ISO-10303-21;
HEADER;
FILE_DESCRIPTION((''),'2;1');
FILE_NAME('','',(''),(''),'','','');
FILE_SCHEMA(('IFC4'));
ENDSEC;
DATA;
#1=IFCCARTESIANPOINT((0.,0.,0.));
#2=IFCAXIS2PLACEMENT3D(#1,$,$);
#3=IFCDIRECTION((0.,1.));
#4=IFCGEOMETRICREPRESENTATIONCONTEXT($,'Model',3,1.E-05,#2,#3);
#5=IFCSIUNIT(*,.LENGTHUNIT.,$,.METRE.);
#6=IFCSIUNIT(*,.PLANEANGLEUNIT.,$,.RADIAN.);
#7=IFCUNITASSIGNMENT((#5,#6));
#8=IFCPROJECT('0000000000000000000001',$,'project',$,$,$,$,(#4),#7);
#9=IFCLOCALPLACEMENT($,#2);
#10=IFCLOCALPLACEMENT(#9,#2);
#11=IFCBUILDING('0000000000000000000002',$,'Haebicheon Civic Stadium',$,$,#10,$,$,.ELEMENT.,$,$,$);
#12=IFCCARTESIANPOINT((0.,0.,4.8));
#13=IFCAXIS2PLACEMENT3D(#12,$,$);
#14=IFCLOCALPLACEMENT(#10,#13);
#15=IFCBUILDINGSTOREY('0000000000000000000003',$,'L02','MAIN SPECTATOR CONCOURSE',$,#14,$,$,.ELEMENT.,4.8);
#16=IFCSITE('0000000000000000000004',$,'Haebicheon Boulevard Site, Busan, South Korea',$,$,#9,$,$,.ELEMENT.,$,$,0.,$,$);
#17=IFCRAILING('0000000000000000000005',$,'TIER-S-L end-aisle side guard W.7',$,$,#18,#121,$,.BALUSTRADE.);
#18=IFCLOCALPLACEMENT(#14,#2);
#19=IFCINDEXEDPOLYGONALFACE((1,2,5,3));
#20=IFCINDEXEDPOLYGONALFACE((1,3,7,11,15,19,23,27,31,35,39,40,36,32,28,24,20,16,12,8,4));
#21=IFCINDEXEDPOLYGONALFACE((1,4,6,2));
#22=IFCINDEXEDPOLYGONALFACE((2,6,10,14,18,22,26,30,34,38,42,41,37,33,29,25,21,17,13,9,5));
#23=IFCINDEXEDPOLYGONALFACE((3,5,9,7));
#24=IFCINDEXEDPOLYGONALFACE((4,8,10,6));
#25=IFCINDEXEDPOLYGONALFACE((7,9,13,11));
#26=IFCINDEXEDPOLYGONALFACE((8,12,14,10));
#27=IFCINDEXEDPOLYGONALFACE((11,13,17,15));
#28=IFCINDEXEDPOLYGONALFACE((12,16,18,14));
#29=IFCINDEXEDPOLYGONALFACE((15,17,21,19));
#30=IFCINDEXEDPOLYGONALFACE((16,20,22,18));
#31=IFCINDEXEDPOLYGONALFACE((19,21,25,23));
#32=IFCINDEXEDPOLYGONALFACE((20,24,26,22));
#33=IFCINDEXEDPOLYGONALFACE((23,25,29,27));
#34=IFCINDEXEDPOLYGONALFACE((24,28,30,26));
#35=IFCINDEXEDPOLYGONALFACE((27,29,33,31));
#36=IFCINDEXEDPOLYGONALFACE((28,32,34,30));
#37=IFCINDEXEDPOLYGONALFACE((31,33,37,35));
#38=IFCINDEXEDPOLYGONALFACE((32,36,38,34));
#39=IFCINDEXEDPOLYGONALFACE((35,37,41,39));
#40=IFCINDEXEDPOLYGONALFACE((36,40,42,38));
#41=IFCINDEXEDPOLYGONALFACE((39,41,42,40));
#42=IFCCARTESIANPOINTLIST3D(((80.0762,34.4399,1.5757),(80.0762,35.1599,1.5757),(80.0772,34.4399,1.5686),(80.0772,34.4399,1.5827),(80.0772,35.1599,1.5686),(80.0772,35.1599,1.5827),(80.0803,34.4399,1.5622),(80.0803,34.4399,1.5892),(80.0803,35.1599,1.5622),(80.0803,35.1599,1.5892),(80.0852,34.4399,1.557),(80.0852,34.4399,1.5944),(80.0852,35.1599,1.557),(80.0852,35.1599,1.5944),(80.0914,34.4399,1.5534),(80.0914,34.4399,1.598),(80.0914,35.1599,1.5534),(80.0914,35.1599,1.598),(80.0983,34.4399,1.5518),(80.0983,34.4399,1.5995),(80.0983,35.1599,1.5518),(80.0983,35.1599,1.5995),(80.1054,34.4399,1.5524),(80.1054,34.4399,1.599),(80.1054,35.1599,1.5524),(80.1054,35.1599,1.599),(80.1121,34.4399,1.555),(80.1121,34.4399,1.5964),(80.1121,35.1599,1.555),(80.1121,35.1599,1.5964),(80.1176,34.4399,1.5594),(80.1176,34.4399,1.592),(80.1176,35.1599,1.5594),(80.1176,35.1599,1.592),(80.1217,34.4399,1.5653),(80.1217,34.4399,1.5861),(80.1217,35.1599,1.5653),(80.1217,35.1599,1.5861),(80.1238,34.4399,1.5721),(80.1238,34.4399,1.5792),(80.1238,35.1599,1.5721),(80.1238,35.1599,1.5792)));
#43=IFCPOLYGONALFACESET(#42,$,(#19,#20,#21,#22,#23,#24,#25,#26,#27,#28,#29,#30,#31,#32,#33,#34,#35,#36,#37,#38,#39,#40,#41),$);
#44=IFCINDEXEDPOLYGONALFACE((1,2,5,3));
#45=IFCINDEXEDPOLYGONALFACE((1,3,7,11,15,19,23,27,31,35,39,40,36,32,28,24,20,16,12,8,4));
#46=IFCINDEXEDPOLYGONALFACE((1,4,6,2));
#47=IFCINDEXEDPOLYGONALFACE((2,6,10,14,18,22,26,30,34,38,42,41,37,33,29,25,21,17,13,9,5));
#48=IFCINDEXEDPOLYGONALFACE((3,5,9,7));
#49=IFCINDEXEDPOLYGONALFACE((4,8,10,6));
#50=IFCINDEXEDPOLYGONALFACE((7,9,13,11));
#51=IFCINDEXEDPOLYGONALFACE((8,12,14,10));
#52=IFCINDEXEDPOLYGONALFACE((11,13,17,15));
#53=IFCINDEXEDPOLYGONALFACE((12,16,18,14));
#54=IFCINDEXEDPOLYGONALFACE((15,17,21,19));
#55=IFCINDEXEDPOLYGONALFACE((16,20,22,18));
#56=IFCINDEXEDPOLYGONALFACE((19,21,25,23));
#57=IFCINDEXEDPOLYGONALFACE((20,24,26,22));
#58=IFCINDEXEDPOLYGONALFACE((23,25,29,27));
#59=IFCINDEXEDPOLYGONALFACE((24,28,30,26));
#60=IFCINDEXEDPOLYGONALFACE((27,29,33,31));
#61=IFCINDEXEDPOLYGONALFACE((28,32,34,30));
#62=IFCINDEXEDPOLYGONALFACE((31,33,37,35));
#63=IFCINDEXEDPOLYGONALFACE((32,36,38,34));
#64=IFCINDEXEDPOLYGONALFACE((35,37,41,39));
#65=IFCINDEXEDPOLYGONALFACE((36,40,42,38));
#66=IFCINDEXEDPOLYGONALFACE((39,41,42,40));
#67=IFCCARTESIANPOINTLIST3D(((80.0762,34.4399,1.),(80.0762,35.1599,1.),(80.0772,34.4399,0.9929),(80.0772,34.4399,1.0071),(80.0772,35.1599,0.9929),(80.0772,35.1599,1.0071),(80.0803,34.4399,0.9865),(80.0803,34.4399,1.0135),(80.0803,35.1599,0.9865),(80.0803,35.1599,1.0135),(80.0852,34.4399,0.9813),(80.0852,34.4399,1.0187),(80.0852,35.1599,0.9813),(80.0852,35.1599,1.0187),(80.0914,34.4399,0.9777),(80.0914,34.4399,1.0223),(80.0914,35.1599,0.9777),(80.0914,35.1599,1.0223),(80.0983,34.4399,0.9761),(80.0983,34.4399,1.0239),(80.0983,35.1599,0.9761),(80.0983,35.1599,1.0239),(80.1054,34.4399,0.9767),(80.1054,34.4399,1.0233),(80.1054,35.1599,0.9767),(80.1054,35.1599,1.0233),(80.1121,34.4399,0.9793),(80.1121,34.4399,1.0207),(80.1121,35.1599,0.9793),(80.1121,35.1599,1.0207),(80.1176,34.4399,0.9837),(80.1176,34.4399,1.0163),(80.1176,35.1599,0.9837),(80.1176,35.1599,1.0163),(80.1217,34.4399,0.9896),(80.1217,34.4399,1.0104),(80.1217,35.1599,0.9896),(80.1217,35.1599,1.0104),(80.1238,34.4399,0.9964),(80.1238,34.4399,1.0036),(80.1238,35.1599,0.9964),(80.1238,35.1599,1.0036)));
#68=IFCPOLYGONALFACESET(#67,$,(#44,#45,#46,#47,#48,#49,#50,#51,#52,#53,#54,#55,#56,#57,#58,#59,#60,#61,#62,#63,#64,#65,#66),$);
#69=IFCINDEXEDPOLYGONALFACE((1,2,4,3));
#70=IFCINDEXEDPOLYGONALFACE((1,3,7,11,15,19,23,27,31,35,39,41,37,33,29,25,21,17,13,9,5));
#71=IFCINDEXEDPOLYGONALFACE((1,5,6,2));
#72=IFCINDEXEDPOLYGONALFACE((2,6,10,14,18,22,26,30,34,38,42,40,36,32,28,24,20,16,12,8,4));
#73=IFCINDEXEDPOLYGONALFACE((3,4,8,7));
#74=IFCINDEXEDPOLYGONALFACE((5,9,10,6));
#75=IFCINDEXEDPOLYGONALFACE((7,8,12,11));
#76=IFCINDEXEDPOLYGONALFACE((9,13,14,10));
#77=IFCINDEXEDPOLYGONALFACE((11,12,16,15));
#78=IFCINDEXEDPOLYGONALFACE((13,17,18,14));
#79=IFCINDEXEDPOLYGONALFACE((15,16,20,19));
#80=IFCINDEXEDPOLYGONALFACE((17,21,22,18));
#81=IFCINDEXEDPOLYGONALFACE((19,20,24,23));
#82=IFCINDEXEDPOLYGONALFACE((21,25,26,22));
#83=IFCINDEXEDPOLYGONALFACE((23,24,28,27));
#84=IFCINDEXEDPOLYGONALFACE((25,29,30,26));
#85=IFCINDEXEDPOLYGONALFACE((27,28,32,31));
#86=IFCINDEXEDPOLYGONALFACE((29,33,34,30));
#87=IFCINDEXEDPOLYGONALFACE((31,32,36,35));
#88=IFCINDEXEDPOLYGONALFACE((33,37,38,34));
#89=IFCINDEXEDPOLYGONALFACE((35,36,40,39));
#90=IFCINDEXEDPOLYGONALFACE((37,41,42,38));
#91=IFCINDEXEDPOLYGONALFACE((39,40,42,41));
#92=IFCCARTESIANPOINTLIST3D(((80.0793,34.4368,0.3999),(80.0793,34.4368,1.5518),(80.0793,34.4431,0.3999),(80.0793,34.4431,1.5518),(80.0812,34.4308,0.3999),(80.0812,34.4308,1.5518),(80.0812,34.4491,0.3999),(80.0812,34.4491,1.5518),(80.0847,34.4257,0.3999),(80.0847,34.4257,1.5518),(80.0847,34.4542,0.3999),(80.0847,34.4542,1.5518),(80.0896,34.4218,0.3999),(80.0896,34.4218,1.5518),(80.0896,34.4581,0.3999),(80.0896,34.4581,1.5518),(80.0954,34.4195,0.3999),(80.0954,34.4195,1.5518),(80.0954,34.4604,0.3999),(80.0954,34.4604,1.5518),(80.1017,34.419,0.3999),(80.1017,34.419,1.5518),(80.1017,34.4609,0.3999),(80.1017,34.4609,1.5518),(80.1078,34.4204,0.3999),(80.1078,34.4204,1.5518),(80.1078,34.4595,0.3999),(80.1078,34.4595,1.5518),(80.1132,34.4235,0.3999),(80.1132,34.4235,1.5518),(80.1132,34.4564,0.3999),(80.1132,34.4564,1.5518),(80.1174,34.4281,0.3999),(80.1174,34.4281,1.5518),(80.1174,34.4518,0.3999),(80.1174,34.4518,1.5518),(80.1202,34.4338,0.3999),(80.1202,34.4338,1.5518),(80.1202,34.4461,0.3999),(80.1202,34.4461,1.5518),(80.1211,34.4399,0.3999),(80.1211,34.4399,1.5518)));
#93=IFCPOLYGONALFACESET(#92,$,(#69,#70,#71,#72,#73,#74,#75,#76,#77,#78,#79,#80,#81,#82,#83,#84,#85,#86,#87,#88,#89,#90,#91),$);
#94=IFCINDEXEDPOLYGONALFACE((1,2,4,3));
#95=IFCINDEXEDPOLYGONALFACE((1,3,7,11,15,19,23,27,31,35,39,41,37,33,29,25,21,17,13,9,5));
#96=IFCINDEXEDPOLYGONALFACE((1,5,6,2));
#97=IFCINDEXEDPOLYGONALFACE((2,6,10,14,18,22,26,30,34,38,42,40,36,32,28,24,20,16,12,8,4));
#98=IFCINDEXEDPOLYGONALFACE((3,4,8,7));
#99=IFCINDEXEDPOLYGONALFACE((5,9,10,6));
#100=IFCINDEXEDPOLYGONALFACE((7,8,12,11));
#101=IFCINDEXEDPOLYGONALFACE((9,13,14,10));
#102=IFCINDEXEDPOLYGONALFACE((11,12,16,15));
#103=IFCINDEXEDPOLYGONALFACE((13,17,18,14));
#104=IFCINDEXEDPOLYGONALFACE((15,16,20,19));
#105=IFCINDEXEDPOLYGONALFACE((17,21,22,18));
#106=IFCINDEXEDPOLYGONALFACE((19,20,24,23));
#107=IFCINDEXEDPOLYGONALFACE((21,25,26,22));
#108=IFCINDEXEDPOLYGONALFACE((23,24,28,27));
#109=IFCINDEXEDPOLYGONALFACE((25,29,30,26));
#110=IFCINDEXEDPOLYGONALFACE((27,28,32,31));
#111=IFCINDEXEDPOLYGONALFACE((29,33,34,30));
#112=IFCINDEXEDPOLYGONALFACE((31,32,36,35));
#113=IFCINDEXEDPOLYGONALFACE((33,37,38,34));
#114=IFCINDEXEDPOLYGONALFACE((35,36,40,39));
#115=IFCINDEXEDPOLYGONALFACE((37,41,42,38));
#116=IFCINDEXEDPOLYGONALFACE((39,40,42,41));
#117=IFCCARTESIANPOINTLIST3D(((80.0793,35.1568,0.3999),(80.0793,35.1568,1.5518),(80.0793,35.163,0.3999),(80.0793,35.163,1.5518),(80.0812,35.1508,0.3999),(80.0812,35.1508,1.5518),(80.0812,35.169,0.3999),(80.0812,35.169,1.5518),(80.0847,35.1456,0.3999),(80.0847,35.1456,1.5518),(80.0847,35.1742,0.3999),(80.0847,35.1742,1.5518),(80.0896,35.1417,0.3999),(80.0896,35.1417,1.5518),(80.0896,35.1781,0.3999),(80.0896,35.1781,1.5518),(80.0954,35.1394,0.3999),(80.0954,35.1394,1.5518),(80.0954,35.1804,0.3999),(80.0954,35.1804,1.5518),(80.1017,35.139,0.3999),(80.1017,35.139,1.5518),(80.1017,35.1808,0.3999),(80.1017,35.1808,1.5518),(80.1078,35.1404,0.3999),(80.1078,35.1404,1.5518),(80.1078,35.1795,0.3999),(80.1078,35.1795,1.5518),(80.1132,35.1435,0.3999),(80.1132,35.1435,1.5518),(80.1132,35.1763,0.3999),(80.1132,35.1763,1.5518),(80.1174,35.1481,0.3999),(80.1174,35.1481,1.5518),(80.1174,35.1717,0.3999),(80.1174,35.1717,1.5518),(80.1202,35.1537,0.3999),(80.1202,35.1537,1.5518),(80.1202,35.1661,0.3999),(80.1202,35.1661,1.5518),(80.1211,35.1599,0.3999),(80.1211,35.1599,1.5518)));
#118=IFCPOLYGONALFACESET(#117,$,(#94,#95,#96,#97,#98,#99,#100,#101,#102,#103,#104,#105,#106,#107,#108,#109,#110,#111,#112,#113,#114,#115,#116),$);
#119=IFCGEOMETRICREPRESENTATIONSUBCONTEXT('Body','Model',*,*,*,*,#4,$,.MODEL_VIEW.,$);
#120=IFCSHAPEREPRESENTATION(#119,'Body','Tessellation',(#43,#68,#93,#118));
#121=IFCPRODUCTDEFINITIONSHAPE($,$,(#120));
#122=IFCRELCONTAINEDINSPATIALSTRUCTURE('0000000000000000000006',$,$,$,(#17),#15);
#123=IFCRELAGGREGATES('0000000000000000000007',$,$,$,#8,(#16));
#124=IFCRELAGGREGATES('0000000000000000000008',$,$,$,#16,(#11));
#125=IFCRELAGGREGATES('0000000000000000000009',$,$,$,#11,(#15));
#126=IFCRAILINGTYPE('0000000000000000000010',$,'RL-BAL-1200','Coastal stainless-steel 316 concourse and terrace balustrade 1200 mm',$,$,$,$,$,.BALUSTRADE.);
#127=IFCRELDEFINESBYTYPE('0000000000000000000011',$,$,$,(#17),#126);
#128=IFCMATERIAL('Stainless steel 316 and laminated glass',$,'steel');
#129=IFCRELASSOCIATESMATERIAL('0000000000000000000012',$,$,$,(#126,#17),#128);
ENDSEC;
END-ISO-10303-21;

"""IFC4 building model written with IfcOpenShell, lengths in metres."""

from ifc_helpers import new_model, si_unit, direction, frame, origin, origin_2d, place, context, subcontext, project, spatial, circle, extrude, material, type_object, element, save


model = new_model("IFC4")

# Units and contexts
model_context = context("Model", 3, precision=1e-05, world=origin(), true_north=direction((0.0, 1.0)))
body_context = subcontext(model_context, "Body", "Model", "MODEL_VIEW")
ifc_project = project(units=[si_unit("LENGTHUNIT", "METRE"), si_unit("PLANEANGLEUNIT", "RADIAN")], contexts=[model_context])

# Site, building, storey
site_placement = place(None, origin())
site = spatial("IfcSite", under=ifc_project, at=site_placement, Name="Haebicheon Boulevard Site, Busan, South Korea", CompositionType="ELEMENT", RefElevation=0.0)
building_placement = place(site_placement, origin())
building = spatial("IfcBuilding", under=site, at=building_placement, Name="Haebicheon Civic Stadium", CompositionType="ELEMENT")
storey_placement = place(building_placement, frame((0.0, 0.0, 4.8)))
storey = spatial("IfcBuildingStorey", under=building, at=storey_placement, Name="L02", Description="MAIN SPECTATOR CONCOURSE", CompositionType="ELEMENT", Elevation=4.8)

# Railing
ifc_material_1 = material(Name="Stainless steel 316 and laminated glass", Category="steel")
railing_type = type_object("IfcRailingType", Name="RL-BAL-1200", Description="Coastal stainless-steel 316 concourse and terrace balustrade 1200 mm", PredefinedType="BALUSTRADE", material=ifc_material_1)
railing_1_placement = place(storey_placement, frame((80.1001, 34.4399, 0.3999)))
element("IfcRailing", 1, at=railing_1_placement, inside=storey, type_object=railing_type, material=ifc_material_1, Name="TIER-S-L end-aisle side guard W.7", PredefinedType="BALUSTRADE", context=body_context, shape_type="SweptSolid", body=[
    extrude(circle(Radius=0.0239, at=origin_2d()), frame((0.0, 0.0, 1.1758), z_axis=(0.0, 1.0, 0.0), x_axis=(-1.0, 0.0, 0.0)), (0.0, 0.0, 1.0), 0.72),
    extrude(circle(Radius=0.0239, at=origin_2d()), frame((0.0, 0.0, 0.6001), z_axis=(0.0, 1.0, 0.0), x_axis=(-1.0, 0.0, 0.0)), (0.0, 0.0, 1.0), 0.72),
    extrude(circle(Radius=0.021, at=origin_2d()), origin(), (0.0, 0.0, 1.0), 1.1519),
    extrude(circle(Radius=0.021, at=origin_2d()), frame((0.0, 0.72, 0.0)), (0.0, 0.0, 1.0), 1.1519),
])

save(model, "model.ifc")
